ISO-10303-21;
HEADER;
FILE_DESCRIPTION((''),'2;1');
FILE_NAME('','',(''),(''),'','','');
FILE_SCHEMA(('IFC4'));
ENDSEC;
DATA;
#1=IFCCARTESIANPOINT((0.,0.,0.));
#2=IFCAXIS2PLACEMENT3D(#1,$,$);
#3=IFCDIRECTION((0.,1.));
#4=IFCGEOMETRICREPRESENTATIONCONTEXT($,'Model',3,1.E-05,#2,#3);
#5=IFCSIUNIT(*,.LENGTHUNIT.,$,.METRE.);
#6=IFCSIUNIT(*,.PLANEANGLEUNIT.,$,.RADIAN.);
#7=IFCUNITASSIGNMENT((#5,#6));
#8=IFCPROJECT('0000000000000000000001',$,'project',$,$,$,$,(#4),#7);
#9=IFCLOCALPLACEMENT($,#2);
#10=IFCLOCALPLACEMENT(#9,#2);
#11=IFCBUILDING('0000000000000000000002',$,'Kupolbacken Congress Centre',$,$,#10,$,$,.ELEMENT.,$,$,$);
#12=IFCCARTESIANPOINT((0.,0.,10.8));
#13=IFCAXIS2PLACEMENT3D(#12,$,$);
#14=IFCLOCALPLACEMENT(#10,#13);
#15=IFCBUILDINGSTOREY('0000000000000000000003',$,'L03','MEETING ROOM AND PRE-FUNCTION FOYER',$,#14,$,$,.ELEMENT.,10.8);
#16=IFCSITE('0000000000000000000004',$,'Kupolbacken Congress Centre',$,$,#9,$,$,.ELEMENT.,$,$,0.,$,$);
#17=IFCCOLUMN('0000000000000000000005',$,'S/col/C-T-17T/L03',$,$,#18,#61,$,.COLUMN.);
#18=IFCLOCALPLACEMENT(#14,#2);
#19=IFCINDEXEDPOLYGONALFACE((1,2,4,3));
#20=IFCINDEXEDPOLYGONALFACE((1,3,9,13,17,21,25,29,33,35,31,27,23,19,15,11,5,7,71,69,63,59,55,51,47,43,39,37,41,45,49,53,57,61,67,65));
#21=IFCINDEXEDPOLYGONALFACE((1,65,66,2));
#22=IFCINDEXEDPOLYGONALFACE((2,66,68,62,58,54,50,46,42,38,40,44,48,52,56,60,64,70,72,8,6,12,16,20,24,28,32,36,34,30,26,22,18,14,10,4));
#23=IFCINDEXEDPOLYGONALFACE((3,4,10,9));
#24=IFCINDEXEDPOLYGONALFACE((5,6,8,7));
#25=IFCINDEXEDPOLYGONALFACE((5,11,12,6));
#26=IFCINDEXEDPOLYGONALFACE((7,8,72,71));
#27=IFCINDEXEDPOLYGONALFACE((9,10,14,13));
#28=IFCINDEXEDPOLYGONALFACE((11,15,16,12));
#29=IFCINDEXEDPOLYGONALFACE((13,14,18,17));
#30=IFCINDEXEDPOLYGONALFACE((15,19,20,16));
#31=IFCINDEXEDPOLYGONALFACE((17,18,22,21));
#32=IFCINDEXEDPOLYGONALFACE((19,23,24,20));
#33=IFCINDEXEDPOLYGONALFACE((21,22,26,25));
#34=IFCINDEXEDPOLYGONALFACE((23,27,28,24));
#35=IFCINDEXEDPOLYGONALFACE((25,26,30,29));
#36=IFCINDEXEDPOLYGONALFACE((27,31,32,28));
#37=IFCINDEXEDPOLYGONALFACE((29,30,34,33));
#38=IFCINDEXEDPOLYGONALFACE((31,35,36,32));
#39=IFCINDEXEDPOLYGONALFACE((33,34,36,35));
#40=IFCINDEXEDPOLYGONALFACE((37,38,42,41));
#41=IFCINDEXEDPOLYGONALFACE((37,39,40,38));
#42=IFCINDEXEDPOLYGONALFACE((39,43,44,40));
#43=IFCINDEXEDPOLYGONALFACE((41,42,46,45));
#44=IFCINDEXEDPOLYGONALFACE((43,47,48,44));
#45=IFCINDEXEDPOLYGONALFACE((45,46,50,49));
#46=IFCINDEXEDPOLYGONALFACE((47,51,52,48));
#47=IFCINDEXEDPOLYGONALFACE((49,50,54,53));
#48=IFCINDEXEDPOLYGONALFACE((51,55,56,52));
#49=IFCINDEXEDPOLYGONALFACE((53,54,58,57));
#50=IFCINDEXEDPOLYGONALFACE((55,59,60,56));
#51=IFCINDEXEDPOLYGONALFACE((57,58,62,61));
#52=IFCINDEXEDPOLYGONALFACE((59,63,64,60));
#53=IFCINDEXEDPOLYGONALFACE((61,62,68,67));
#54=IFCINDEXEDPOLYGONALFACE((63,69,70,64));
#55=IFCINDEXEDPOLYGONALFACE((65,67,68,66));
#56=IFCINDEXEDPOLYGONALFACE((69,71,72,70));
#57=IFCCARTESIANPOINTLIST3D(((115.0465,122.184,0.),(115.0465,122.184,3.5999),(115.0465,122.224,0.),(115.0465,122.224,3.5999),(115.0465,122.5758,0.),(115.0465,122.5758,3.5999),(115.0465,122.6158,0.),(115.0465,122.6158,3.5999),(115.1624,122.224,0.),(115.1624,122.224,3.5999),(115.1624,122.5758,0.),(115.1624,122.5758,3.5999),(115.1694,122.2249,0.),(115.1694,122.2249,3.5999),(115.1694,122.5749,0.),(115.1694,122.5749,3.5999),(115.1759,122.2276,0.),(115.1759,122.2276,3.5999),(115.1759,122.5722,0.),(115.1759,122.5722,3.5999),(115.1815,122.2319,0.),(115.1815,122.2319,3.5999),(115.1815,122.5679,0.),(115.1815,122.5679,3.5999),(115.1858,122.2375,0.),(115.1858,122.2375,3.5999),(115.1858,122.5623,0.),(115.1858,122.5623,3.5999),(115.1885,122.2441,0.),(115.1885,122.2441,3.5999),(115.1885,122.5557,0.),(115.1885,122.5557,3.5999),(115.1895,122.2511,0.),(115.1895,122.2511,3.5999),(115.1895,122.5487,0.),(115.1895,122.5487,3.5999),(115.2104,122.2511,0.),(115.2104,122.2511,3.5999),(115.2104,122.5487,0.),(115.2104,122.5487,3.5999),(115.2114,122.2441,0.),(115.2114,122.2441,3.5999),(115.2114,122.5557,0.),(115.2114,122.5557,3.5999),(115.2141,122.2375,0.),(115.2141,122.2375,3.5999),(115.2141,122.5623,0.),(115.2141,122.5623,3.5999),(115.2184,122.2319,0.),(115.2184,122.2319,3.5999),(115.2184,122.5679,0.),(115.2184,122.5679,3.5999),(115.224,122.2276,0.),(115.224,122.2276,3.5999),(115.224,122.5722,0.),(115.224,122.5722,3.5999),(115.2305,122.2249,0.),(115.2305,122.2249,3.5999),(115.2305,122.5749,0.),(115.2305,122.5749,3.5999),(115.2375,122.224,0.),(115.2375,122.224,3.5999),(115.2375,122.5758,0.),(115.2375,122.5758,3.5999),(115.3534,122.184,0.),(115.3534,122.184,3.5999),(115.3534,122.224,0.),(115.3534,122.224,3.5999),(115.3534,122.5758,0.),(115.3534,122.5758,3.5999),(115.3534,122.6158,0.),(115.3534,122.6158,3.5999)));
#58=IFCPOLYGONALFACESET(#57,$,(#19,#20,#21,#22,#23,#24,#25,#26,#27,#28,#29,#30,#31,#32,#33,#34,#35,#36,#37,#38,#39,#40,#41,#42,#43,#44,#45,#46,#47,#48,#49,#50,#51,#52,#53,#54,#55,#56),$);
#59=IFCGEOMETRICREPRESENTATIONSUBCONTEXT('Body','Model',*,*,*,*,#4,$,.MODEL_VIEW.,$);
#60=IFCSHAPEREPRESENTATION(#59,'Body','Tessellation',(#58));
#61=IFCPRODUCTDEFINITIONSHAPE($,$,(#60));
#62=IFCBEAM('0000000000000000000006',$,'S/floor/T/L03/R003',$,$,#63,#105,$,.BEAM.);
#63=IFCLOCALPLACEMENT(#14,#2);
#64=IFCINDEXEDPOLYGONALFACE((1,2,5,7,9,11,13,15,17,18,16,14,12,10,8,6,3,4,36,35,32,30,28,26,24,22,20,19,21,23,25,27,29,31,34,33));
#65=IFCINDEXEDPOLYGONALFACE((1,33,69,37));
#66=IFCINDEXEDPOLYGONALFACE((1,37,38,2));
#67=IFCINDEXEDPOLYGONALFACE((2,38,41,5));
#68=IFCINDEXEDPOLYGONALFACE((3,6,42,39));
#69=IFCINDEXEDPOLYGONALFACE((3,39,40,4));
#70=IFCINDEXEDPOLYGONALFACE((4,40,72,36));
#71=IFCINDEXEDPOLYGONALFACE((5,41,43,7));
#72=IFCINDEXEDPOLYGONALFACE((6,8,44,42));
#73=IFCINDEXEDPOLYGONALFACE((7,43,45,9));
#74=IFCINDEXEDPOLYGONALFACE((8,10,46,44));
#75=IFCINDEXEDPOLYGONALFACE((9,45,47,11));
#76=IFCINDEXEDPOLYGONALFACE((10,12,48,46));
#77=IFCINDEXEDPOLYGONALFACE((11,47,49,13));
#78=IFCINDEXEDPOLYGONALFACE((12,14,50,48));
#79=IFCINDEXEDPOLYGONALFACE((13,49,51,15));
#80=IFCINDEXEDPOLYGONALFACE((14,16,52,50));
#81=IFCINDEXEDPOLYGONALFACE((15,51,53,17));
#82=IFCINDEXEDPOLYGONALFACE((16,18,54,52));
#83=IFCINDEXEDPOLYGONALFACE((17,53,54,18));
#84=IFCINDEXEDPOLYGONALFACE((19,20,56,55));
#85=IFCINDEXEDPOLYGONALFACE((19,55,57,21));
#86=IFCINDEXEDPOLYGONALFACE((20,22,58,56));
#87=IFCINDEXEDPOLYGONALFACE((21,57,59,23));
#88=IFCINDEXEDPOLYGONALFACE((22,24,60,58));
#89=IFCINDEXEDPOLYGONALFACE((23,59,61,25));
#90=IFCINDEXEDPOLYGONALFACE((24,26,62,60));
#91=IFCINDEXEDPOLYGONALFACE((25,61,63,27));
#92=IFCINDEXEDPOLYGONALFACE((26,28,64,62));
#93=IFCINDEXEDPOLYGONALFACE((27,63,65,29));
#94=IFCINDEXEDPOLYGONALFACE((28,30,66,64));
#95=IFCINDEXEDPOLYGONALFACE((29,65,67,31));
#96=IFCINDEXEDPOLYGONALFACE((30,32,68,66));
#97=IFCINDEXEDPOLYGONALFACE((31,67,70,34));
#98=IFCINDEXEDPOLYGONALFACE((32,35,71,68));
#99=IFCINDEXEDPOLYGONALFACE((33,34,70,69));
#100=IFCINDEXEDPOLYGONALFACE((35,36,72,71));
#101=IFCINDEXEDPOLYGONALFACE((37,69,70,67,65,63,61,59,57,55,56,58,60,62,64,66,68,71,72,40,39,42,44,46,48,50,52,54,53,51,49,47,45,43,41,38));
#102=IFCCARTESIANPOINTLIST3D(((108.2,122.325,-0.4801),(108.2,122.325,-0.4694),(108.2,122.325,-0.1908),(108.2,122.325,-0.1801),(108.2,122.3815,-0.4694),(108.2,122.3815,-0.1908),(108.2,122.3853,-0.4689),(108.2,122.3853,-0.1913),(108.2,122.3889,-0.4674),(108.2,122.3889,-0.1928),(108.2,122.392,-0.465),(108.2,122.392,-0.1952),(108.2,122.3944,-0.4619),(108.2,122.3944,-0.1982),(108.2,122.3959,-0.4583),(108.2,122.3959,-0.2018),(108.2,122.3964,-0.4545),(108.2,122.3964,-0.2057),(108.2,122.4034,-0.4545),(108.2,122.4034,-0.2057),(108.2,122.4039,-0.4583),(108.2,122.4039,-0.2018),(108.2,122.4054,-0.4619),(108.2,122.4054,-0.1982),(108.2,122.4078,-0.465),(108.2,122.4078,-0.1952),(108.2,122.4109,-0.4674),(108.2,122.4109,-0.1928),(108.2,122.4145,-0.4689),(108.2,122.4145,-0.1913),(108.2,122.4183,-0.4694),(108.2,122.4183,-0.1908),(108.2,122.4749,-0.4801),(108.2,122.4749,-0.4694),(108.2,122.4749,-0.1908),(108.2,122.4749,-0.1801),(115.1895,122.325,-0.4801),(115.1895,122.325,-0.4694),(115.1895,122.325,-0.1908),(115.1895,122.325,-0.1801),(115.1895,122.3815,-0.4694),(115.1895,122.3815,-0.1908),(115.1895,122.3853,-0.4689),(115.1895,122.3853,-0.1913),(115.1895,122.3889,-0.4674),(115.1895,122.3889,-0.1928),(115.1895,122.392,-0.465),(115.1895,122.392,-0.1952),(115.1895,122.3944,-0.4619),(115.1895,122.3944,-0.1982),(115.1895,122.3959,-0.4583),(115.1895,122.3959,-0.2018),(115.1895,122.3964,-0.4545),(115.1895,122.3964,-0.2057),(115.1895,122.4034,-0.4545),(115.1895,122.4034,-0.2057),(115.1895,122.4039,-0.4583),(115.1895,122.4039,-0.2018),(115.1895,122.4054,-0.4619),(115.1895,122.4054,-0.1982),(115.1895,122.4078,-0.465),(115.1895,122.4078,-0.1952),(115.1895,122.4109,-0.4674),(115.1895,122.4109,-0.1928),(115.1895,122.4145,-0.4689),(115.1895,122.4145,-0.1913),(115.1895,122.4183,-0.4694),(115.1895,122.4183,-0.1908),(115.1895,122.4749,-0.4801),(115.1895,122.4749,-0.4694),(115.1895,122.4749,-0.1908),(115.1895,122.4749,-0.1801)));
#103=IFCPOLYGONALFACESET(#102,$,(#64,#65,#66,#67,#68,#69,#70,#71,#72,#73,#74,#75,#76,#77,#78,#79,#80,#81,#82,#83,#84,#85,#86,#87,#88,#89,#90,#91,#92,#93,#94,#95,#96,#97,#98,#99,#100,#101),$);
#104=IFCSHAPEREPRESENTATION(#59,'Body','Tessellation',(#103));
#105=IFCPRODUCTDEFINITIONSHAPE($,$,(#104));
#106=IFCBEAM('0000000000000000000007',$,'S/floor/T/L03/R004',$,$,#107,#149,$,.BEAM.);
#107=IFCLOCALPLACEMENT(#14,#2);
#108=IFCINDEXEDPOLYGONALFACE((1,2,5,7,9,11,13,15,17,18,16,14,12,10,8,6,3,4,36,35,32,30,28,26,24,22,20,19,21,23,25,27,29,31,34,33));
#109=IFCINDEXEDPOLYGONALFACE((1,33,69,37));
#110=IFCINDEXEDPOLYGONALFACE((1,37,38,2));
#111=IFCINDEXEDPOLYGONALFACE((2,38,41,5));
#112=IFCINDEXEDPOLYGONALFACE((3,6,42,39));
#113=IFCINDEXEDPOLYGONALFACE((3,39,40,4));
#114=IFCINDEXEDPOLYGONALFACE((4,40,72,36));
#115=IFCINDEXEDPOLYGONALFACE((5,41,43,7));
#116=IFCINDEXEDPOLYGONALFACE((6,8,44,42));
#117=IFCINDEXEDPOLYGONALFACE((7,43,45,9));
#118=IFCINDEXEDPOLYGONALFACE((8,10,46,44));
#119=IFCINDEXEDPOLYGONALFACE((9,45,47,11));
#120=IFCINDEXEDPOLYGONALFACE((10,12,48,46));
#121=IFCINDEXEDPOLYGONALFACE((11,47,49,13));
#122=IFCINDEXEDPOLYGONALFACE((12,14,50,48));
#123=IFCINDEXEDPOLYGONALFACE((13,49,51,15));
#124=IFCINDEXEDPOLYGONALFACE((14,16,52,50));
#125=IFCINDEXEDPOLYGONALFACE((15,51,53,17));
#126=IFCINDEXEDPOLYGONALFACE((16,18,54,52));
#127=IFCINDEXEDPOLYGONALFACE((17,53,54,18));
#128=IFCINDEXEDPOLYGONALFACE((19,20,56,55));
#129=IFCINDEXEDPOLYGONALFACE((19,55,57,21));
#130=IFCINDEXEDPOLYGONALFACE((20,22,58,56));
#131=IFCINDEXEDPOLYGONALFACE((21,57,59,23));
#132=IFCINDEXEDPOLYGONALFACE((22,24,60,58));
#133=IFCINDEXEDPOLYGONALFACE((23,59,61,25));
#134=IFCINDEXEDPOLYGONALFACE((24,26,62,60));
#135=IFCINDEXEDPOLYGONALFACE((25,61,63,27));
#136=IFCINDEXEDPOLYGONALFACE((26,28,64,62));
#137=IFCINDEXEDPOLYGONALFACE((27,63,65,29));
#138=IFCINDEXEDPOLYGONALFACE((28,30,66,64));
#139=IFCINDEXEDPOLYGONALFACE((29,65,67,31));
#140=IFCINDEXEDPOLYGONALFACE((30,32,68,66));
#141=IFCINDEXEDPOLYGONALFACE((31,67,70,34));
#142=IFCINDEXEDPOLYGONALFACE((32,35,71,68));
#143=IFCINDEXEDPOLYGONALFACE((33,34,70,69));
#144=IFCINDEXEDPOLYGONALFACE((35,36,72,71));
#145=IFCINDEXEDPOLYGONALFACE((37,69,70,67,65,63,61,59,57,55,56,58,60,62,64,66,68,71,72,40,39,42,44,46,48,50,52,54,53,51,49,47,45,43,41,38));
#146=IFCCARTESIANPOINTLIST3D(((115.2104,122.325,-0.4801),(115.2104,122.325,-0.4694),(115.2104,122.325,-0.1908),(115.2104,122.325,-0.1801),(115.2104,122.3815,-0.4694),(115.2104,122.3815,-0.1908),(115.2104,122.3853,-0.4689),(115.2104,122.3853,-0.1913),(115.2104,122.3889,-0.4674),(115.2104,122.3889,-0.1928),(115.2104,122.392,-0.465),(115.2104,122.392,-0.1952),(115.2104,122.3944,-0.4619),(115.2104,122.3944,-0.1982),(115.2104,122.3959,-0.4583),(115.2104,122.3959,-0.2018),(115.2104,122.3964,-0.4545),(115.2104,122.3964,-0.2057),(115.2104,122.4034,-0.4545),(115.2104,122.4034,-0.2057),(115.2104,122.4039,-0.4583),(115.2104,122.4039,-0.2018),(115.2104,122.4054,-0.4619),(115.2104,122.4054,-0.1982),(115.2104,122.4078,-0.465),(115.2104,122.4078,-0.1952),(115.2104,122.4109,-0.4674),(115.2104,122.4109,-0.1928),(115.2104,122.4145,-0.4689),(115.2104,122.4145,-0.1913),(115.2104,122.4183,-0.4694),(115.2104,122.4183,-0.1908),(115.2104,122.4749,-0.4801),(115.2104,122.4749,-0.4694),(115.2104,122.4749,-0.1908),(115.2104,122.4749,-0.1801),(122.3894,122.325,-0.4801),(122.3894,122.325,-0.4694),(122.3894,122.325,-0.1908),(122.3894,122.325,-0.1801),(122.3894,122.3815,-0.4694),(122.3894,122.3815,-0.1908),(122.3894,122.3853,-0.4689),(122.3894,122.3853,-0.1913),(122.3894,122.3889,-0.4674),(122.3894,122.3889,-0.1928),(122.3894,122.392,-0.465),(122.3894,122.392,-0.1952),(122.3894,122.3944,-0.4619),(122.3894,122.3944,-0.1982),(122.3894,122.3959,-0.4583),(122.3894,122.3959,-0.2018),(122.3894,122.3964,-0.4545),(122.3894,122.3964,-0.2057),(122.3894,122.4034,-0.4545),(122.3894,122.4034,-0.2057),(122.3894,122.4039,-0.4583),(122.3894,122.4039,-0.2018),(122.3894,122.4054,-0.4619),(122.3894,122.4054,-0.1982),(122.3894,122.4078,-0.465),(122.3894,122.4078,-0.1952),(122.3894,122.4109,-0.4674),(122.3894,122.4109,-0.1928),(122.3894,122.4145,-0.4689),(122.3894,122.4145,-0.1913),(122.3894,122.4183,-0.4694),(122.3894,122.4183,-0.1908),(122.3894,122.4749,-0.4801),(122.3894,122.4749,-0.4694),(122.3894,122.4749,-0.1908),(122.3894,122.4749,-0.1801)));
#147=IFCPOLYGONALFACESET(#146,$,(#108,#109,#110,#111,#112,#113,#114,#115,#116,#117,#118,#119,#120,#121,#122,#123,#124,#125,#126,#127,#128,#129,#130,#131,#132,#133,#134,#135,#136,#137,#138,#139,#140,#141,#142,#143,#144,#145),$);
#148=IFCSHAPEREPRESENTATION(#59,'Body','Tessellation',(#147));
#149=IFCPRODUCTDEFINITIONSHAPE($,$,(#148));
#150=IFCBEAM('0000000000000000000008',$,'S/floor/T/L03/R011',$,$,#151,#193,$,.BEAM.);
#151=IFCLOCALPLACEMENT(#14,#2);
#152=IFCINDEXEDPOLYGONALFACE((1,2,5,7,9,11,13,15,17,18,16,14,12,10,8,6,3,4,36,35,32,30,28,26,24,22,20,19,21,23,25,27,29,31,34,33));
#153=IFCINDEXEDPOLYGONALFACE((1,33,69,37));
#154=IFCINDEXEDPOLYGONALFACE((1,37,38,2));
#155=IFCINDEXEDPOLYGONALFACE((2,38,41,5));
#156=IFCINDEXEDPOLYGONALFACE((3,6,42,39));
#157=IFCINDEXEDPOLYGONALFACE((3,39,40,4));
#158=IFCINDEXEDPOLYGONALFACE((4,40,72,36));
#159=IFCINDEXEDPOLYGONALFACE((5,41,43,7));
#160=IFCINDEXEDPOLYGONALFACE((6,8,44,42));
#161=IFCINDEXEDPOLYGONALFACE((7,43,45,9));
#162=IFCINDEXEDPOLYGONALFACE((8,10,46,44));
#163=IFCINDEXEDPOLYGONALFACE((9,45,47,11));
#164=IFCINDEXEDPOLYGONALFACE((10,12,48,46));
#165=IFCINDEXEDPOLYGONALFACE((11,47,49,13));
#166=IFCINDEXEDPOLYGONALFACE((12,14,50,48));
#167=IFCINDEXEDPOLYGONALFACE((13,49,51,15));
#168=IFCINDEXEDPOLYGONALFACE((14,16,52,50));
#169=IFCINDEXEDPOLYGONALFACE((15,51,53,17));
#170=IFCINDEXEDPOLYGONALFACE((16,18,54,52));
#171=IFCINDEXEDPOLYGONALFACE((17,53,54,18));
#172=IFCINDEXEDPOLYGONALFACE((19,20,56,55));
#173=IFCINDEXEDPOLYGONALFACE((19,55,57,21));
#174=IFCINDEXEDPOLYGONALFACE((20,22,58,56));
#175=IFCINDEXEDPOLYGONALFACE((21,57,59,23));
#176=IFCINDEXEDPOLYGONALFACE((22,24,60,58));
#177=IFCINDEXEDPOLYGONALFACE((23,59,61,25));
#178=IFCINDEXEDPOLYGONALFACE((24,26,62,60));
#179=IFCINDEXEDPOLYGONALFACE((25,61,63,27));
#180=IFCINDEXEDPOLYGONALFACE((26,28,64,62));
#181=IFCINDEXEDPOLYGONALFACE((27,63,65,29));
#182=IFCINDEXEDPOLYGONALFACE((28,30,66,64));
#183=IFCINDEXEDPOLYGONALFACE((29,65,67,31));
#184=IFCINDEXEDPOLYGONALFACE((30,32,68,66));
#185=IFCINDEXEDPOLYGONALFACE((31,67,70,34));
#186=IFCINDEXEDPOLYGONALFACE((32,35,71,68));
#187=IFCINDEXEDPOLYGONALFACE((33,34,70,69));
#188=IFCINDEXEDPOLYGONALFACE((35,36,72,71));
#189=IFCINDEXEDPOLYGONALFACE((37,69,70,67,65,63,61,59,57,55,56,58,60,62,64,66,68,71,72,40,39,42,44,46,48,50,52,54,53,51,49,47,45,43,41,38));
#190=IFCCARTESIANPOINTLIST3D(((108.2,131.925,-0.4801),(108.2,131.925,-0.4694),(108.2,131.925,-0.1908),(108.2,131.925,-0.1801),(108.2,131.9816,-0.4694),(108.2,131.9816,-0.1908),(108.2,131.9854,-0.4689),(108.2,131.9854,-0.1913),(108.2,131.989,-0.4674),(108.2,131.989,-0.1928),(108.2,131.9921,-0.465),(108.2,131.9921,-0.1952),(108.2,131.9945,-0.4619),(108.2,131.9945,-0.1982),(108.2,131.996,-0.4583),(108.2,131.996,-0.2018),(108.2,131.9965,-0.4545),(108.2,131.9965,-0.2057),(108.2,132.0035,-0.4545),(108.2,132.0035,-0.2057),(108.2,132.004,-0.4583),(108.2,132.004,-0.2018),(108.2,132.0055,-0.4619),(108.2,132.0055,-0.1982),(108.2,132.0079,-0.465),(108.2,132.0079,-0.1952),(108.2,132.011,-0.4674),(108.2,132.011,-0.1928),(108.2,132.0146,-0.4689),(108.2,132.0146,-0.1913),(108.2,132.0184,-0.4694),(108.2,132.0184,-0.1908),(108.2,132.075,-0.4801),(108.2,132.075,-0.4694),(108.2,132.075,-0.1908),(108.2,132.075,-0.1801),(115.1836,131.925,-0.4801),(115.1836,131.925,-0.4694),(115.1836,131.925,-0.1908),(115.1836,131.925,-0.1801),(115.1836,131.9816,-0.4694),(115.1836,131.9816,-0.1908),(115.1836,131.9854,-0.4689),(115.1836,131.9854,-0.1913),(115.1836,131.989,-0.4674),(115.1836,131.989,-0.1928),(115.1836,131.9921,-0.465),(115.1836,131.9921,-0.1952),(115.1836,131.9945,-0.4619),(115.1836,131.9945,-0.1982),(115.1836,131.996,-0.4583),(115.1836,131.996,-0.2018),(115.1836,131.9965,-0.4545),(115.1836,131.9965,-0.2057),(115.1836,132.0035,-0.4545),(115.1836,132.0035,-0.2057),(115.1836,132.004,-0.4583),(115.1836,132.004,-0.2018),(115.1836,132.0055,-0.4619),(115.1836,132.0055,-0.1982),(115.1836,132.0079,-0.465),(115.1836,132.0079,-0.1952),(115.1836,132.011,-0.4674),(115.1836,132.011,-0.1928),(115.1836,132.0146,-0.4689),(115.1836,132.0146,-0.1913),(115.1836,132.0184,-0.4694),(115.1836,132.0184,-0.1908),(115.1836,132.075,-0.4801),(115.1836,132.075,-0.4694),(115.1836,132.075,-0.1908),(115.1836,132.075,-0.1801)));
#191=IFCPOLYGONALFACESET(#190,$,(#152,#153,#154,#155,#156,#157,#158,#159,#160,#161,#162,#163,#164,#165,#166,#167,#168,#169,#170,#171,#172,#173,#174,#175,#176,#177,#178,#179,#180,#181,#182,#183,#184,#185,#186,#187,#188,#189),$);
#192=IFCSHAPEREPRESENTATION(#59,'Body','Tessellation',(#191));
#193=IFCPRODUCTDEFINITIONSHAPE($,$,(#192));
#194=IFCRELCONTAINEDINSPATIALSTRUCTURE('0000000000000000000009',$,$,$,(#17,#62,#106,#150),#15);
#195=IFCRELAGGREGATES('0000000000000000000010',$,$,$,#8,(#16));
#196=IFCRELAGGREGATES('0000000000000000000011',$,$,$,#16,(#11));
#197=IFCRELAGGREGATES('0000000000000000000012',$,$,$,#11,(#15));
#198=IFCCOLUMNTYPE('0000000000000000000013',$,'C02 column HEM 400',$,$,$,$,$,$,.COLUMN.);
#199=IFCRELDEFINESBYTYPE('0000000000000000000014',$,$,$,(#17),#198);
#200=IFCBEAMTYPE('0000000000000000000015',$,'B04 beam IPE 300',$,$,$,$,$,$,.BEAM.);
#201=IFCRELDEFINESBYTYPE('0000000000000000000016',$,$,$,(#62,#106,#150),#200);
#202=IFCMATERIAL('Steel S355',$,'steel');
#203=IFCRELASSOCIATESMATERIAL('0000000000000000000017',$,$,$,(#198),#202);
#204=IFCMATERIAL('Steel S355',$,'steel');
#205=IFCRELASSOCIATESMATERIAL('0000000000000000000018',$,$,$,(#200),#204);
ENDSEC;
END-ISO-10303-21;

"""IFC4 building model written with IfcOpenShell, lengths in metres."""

from ifc_helpers import new_model, si_unit, direction, frame, origin, origin_2d, place, context, subcontext, project, spatial, i_section, extrude, material, material_profile, profile_set, type_object, element, save


model = new_model("IFC4")

# Units and contexts
model_context = context("Model", 3, precision=1e-05, world=origin(), true_north=direction((0.0, 1.0)))
body_context = subcontext(model_context, "Body", "Model", "MODEL_VIEW")
ifc_project = project(units=[si_unit("LENGTHUNIT", "METRE"), si_unit("PLANEANGLEUNIT", "RADIAN")], contexts=[model_context])

# Site, building, storey
site_placement = place(None, origin())
site = spatial("IfcSite", under=ifc_project, at=site_placement, Name="Kupolbacken Congress Centre", CompositionType="ELEMENT", RefElevation=0.0)
building_placement = place(site_placement, origin())
building = spatial("IfcBuilding", under=site, at=building_placement, Name="Kupolbacken Congress Centre", CompositionType="ELEMENT")
storey_placement = place(building_placement, frame((0.0, 0.0, 10.8)))
storey = spatial("IfcBuildingStorey", under=building, at=storey_placement, Name="L03", Description="MEETING ROOM AND PRE-FUNCTION FOYER", CompositionType="ELEMENT", Elevation=10.8)

# Column
ifc_material_1 = material(Name="Steel S355", Category="steel")
ifc_material_profile_1 = material_profile(ifc_material_1, i_section(OverallWidth=0.3069, OverallDepth=0.4319, WebThickness=0.021, FlangeThickness=0.04, FilletRadius=0.0271, at=origin_2d()), Name="HEM 400")
ifc_profile_set_1 = profile_set([ifc_material_profile_1], Name="Steel S355")
column_type = type_object("IfcColumnType", Name="C02 column HEM 400", PredefinedType="COLUMN", material=ifc_profile_set_1)
column_placement = place(storey_placement, frame((115.2, 122.3999, 0.0), z_axis=(0.0, 0.0, 1.0), x_axis=(1.0, 0.0, 0.0)))
element("IfcColumn", 1, at=column_placement, inside=storey, type_object=column_type, Name="S/col/C-T-17T/L03", PredefinedType="COLUMN", context=body_context, shape_type="SweptSolid", body=[
    extrude(i_section(OverallWidth=0.3069, OverallDepth=0.4319, WebThickness=0.021, FlangeThickness=0.04, FilletRadius=0.0271, at=origin_2d()), origin(), (0.0, 0.0, 1.0), 3.5999),
])

# Beams
ifc_material_2 = material(Name="Steel S355", Category="steel")
ifc_material_profile_2 = material_profile(ifc_material_2, i_section(OverallWidth=0.1499, OverallDepth=0.3, WebThickness=0.0071, FlangeThickness=0.0107, FilletRadius=0.0149, at=origin_2d()), Name="IPE 300")
ifc_profile_set_2 = profile_set([ifc_material_profile_2], Name="Steel S355")
beam_type_1 = type_object("IfcBeamType", Name="B04 beam IPE 300", PredefinedType="BEAM", material=ifc_profile_set_2)
beam_1_placement = place(storey_placement, frame((108.2, 122.3999, -0.3301), z_axis=(1.0, 0.0, 0.0), x_axis=(0.0, 1.0, 0.0)))
element("IfcBeam", 2, at=beam_1_placement, inside=storey, type_object=beam_type_1, Name="S/floor/T/L03/R003", PredefinedType="BEAM", context=body_context, shape_type="SweptSolid", body=[
    extrude(i_section(OverallWidth=0.1499, OverallDepth=0.3, WebThickness=0.0071, FlangeThickness=0.0107, FilletRadius=0.0149, at=origin_2d()), origin(), (0.0, 0.0, 1.0), 6.9895),
])
beam_2_placement = place(storey_placement, frame((115.2104, 122.3999, -0.3301), z_axis=(1.0, 0.0, 0.0), x_axis=(0.0, 1.0, 0.0)))
element("IfcBeam", 3, at=beam_2_placement, inside=storey, type_object=beam_type_1, Name="S/floor/T/L03/R004", PredefinedType="BEAM", context=body_context, shape_type="SweptSolid", body=[
    extrude(i_section(OverallWidth=0.1499, OverallDepth=0.3, WebThickness=0.0071, FlangeThickness=0.0107, FilletRadius=0.0149, at=origin_2d()), origin(), (0.0, 0.0, 1.0), 7.179),
])
beam_3_placement = place(storey_placement, frame((108.2, 132.0, -0.3301), z_axis=(1.0, 0.0, 0.0), x_axis=(0.0, 1.0, 0.0)))
element("IfcBeam", 4, at=beam_3_placement, inside=storey, type_object=beam_type_1, Name="S/floor/T/L03/R011", PredefinedType="BEAM", context=body_context, shape_type="SweptSolid", body=[
    extrude(i_section(OverallWidth=0.1499, OverallDepth=0.3, WebThickness=0.0071, FlangeThickness=0.0107, FilletRadius=0.0149, at=origin_2d()), origin(), (0.0, 0.0, 1.0), 6.9836),
])

save(model, "model.ifc")
